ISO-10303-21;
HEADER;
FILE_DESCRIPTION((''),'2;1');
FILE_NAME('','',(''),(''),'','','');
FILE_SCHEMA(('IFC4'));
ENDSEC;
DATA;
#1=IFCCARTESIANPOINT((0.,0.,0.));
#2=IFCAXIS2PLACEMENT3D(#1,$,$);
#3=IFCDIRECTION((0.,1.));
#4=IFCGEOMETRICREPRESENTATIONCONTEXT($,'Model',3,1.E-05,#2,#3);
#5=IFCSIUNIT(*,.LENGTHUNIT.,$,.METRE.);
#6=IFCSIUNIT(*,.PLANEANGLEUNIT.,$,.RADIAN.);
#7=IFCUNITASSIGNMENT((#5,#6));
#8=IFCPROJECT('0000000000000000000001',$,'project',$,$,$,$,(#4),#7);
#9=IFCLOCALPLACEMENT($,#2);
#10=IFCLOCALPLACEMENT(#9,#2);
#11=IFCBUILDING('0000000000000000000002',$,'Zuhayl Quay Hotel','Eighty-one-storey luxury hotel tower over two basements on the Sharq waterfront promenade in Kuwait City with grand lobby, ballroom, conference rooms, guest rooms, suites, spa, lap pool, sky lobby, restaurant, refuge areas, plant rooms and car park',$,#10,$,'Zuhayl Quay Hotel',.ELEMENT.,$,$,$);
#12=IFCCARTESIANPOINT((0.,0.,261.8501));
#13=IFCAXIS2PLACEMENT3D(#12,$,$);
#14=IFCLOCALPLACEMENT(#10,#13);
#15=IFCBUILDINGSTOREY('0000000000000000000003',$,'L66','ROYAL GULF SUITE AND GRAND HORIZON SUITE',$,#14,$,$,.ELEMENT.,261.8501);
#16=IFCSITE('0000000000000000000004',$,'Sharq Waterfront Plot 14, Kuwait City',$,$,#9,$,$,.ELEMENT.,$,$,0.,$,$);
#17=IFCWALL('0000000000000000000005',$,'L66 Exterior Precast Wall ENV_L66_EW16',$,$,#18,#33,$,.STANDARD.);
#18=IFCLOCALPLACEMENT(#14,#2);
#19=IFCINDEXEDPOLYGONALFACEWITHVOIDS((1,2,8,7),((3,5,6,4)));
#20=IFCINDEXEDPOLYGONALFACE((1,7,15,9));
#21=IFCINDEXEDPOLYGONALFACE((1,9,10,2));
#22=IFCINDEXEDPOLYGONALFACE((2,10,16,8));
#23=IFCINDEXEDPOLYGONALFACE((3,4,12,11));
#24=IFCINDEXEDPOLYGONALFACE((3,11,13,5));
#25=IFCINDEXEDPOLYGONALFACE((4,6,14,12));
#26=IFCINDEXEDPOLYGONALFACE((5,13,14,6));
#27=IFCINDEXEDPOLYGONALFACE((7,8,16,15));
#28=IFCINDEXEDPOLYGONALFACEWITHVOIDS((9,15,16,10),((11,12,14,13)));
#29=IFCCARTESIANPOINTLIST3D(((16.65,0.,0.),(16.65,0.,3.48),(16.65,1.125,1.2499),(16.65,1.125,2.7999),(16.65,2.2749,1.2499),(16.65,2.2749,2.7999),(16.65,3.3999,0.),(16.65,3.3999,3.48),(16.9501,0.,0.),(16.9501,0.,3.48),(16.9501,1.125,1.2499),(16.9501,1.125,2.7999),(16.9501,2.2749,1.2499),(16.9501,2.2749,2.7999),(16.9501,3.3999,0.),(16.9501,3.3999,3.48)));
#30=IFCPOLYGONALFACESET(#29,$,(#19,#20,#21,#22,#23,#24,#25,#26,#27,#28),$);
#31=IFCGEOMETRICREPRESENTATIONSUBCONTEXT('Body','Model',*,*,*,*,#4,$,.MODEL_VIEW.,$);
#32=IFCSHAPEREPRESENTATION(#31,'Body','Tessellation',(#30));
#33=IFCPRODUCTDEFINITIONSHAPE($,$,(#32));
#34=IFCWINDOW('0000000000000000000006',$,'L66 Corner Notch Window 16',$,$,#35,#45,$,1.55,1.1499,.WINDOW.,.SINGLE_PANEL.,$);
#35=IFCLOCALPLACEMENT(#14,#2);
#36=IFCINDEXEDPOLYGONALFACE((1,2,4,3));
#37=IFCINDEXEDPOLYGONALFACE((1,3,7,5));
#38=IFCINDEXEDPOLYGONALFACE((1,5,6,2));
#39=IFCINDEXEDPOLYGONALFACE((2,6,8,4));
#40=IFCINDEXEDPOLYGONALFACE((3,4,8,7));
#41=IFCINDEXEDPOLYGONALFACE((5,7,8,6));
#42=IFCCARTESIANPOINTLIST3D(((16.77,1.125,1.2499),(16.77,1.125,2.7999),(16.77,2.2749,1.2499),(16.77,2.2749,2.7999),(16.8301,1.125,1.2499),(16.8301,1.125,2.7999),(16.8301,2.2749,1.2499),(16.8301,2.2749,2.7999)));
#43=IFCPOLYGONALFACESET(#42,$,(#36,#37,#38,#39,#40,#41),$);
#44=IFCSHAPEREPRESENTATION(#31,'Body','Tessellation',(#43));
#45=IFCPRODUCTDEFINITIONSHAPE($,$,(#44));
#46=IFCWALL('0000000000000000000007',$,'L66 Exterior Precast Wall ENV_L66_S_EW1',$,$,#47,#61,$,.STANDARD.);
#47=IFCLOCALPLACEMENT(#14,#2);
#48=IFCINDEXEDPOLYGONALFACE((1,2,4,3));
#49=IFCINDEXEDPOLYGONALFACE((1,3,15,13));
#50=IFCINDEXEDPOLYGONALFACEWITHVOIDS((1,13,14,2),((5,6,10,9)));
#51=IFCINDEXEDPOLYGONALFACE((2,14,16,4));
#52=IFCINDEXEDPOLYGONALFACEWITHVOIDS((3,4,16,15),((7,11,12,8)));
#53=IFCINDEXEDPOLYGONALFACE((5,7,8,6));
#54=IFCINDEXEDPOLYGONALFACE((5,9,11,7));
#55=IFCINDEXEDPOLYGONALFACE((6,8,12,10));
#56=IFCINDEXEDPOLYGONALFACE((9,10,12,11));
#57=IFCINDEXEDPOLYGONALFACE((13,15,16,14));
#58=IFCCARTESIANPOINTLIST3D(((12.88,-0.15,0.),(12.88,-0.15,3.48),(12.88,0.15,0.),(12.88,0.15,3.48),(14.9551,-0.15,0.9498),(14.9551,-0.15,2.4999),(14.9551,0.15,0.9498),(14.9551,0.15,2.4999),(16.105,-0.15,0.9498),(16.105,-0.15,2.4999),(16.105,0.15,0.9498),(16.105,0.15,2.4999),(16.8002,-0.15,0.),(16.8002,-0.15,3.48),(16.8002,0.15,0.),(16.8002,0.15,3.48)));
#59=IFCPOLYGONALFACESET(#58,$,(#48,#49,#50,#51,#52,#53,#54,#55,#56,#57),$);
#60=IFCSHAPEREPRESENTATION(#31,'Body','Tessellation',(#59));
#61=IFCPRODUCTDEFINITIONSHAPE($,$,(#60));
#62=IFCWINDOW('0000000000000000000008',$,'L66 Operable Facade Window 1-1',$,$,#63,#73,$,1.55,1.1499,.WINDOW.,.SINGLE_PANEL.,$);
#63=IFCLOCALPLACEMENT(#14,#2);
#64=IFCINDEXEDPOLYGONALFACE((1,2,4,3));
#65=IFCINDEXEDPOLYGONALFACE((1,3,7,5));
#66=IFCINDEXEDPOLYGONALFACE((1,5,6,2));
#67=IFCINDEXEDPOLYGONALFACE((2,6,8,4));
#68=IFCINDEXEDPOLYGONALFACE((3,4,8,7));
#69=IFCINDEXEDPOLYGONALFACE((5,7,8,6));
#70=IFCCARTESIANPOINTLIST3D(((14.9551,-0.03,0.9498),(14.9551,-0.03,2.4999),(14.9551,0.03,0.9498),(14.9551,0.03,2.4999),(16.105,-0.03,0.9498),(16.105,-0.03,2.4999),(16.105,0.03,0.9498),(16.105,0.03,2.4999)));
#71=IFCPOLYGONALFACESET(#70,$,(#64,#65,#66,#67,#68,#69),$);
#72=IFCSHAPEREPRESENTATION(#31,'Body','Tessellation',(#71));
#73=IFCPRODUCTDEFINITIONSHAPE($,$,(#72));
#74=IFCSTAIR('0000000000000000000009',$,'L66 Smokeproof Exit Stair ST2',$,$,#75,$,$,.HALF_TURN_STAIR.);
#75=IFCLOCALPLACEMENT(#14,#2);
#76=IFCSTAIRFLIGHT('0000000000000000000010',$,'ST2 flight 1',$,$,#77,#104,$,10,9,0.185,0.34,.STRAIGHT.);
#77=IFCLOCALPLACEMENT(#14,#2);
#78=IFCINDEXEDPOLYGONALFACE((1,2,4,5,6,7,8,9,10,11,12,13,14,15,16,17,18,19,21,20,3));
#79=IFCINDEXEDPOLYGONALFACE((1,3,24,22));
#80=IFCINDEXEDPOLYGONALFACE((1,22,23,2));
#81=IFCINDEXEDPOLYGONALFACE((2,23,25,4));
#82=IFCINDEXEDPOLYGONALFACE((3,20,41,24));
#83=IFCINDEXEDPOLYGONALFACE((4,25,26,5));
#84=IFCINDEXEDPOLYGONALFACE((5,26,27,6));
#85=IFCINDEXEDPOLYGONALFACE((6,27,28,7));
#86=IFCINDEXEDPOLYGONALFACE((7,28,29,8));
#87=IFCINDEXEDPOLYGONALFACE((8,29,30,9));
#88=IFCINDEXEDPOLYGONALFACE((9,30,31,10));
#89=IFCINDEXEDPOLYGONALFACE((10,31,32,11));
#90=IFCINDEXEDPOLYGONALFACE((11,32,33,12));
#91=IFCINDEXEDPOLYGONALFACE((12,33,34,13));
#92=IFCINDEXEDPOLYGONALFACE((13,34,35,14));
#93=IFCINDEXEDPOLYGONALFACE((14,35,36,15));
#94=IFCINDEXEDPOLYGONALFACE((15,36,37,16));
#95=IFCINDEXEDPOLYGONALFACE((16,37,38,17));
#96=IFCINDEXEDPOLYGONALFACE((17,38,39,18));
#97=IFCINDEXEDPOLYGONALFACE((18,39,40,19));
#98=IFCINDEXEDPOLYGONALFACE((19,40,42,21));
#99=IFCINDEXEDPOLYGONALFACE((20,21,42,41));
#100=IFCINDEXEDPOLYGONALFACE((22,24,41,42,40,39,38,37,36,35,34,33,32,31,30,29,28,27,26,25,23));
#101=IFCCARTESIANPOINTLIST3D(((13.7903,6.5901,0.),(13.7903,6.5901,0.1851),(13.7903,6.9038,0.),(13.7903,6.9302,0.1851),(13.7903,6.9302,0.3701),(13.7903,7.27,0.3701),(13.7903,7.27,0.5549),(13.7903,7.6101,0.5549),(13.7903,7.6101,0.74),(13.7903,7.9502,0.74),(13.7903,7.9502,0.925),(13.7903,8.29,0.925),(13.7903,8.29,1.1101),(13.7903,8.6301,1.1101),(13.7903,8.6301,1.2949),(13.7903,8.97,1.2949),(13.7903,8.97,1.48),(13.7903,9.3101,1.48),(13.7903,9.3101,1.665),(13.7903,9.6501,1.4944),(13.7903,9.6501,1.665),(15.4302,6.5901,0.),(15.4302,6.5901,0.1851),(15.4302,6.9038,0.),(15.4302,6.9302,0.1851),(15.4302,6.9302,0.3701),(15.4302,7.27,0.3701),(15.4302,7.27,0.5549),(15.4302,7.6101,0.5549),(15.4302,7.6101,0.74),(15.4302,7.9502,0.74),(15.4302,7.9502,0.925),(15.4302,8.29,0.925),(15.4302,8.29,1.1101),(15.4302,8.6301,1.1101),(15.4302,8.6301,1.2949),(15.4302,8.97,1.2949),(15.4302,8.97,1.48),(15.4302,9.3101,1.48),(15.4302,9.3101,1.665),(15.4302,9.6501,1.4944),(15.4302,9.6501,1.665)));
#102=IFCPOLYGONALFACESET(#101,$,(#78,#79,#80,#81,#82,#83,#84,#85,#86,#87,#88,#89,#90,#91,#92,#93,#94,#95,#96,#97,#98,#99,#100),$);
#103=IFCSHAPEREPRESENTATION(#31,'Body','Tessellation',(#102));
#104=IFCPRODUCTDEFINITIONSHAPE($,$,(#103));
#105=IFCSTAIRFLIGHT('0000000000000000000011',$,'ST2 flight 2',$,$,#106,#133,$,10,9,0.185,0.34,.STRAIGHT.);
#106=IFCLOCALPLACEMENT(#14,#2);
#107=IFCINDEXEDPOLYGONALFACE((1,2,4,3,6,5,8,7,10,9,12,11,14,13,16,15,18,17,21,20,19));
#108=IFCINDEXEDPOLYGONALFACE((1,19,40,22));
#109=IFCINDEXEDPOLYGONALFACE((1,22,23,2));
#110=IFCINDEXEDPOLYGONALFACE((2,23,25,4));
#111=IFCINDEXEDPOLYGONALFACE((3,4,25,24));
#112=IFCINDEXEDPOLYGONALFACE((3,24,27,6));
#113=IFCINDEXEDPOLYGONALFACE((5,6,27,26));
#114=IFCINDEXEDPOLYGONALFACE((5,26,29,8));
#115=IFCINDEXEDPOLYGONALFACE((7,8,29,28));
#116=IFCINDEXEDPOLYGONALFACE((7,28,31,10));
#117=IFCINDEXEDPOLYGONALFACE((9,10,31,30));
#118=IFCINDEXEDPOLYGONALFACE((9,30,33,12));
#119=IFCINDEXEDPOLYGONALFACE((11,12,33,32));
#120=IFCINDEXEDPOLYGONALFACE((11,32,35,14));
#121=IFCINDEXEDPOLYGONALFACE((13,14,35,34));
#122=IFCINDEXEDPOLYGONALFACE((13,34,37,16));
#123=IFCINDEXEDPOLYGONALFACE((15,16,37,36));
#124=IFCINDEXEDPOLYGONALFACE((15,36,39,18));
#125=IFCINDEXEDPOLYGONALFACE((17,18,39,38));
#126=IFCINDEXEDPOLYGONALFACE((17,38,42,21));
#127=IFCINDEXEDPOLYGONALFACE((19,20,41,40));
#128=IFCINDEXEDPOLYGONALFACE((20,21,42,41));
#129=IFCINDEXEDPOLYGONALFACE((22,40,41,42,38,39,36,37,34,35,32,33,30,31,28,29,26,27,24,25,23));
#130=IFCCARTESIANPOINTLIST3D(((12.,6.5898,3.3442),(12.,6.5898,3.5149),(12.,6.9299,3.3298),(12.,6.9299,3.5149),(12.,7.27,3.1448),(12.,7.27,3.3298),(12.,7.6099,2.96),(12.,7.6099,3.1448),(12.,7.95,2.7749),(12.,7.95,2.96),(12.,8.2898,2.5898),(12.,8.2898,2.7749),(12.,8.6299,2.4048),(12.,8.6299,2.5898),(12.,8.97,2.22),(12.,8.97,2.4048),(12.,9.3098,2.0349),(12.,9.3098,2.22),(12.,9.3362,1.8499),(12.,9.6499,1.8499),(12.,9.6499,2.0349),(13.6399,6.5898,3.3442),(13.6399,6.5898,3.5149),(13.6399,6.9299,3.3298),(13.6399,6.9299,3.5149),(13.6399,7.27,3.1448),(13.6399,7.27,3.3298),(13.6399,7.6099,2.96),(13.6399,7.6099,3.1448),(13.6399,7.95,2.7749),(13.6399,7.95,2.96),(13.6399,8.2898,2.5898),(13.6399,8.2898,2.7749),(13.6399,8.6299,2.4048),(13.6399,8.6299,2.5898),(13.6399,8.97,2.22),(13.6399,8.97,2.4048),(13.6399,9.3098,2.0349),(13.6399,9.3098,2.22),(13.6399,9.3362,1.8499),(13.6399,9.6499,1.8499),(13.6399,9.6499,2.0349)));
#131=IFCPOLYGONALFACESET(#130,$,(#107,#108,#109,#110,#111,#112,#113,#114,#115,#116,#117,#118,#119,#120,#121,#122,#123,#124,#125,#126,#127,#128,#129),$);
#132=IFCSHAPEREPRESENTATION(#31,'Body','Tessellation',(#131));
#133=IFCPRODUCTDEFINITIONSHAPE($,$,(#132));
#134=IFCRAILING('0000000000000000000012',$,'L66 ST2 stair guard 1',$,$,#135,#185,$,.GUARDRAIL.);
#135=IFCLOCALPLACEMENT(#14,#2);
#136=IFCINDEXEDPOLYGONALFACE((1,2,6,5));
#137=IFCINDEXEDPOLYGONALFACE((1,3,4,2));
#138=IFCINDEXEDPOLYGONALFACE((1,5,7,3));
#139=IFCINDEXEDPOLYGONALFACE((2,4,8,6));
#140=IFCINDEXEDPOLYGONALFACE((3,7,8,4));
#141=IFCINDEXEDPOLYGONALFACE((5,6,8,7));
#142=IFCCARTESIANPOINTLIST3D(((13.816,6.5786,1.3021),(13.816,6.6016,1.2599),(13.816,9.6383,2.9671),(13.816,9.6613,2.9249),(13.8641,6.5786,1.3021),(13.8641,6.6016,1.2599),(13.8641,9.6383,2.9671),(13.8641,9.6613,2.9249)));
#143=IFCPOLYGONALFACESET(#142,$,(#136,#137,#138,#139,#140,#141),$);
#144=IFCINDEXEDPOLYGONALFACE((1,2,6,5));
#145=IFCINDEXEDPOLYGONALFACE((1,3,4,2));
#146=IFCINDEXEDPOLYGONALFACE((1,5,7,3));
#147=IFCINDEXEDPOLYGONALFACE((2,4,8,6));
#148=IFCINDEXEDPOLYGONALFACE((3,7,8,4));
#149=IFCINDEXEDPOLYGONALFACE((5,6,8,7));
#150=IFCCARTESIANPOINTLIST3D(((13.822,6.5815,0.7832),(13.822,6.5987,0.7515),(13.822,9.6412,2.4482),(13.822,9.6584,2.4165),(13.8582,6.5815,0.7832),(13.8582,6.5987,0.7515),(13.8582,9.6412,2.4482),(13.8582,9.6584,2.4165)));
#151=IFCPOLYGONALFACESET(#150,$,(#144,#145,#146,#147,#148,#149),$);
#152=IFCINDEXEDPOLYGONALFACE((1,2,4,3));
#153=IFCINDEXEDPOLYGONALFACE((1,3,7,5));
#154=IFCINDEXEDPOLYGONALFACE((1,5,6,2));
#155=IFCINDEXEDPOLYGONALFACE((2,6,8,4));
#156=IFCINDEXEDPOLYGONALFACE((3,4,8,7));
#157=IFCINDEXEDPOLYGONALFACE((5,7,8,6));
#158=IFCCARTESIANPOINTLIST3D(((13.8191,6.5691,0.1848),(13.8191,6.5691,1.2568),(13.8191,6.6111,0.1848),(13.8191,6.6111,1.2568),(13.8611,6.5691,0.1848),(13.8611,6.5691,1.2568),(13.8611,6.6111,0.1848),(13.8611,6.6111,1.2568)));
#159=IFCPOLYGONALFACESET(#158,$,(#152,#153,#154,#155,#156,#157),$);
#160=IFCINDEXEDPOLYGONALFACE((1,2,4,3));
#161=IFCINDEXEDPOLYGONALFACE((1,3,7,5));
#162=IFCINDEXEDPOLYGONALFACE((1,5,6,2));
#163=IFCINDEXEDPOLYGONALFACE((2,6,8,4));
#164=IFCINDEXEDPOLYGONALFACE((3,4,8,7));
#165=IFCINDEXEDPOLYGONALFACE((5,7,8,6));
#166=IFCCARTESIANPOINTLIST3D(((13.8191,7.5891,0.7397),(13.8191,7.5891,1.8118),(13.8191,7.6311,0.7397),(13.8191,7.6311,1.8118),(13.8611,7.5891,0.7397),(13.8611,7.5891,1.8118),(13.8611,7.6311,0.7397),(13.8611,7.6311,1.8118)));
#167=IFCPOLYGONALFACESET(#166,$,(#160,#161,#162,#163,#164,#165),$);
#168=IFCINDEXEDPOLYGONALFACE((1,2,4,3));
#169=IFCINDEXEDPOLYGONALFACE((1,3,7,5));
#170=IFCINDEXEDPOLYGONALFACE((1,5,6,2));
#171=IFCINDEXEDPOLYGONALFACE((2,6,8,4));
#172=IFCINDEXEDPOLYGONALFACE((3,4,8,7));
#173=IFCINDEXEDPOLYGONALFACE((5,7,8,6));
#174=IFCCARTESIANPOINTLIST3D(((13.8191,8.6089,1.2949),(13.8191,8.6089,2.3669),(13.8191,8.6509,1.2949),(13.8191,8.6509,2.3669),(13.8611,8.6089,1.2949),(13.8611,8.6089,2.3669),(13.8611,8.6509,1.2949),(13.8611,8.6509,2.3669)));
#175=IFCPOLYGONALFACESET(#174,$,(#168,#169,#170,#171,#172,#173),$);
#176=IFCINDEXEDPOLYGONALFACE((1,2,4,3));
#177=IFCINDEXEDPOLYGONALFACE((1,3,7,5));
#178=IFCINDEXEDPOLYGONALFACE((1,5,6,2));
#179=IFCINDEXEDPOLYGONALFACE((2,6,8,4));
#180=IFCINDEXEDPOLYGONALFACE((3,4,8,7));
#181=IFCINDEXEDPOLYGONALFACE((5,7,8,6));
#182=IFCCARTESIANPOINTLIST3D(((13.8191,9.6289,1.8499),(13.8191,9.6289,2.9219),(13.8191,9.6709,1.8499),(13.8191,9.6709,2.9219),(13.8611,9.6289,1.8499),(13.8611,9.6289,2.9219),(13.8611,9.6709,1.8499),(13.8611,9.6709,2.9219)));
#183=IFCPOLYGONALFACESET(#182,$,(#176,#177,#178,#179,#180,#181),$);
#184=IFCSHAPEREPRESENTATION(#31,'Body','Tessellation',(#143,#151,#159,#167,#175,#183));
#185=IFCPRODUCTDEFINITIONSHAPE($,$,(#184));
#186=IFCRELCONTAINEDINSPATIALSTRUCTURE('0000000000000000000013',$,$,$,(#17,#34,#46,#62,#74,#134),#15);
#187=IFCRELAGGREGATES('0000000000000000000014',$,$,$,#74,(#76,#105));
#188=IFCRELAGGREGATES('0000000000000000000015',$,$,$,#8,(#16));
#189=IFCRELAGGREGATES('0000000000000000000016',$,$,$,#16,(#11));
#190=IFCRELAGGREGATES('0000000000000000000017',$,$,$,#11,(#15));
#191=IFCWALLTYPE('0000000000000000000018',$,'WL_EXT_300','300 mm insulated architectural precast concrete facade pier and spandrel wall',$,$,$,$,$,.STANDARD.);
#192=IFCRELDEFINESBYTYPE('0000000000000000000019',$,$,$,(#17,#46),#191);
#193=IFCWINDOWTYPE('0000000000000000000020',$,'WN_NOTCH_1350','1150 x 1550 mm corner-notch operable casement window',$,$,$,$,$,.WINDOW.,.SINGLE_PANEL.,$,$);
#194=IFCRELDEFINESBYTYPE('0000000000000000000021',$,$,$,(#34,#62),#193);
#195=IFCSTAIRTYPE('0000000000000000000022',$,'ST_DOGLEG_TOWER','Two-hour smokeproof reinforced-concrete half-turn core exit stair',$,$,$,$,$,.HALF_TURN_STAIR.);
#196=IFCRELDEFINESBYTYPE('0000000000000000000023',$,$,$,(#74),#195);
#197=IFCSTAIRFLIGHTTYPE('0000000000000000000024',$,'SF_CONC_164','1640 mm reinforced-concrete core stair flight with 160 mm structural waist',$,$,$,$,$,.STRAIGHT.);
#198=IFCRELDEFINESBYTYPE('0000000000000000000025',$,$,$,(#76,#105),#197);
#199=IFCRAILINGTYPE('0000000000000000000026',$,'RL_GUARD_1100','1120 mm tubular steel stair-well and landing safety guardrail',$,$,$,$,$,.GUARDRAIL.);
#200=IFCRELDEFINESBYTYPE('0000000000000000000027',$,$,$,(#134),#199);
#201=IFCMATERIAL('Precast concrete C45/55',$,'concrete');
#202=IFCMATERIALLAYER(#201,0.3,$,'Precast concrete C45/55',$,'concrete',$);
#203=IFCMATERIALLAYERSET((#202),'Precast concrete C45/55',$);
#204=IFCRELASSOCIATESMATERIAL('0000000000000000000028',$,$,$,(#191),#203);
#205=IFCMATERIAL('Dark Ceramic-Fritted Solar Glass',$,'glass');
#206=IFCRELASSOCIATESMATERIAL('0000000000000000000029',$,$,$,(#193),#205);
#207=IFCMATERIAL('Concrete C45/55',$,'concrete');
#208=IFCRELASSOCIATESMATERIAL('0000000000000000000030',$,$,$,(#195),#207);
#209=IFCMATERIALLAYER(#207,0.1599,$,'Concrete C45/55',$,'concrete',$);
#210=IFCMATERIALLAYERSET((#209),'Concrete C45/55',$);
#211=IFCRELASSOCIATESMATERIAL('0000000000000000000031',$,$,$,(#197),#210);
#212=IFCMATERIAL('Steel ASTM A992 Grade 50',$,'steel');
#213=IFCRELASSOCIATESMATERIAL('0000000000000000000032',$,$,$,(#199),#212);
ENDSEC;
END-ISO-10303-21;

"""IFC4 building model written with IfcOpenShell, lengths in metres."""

from ifc_helpers import new_model, si_unit, direction, frame, frame_2d, origin, origin_2d, place, context, subcontext, project, spatial, polyline, rectangle, outline, extrude, material, layer, layer_set, type_object, element, fill, aggregate, save


model = new_model("IFC4")

# Units and contexts
model_context = context("Model", 3, precision=1e-05, world=origin(), true_north=direction((0.0, 1.0)))
body_context = subcontext(model_context, "Body", "Model", "MODEL_VIEW")
ifc_project = project(units=[si_unit("LENGTHUNIT", "METRE"), si_unit("PLANEANGLEUNIT", "RADIAN")], contexts=[model_context])

# Site, building, storey
site_placement = place(None, origin())
site = spatial("IfcSite", under=ifc_project, at=site_placement, Name="Sharq Waterfront Plot 14, Kuwait City", CompositionType="ELEMENT", RefElevation=0.0)
building_placement = place(site_placement, origin())
building = spatial("IfcBuilding", under=site, at=building_placement, Name="Zuhayl Quay Hotel", Description="Eighty-one-storey luxury hotel tower over two basements on the Sharq waterfront promenade in Kuwait City with grand lobby, ballroom, conference rooms, guest rooms, suites, spa, lap pool, sky lobby, restaurant, refuge areas, plant rooms and car park", LongName="Zuhayl Quay Hotel", CompositionType="ELEMENT")
storey_placement = place(building_placement, frame((0.0, 0.0, 261.8501)))
storey = spatial("IfcBuildingStorey", under=building, at=storey_placement, Name="L66", Description="ROYAL GULF SUITE AND GRAND HORIZON SUITE", CompositionType="ELEMENT", Elevation=261.8501)

# Shared definitions
ifc_material_1 = material(Name="Steel ASTM A992 Grade 50", Category="steel")

# Shared definitions
ifc_material_2 = material(Name="Dark Ceramic-Fritted Solar Glass", Category="glass")

# Shared definitions
ifc_material_3 = material(Name="Precast concrete C45/55", Category="concrete")
ifc_layer_1 = layer(ifc_material_3, 0.3, Name="Precast concrete C45/55", Category="concrete")
ifc_layer_set_1 = layer_set([ifc_layer_1], Name="Precast concrete C45/55")
wall_type_1 = type_object("IfcWallType", Name="WL_EXT_300", Description="300 mm insulated architectural precast concrete facade pier and spandrel wall", PredefinedType="STANDARD", material=ifc_layer_set_1)

# Walls, openings, windows
window_type = type_object("IfcWindowType", Name="WN_NOTCH_1350", Description="1150 x 1550 mm corner-notch operable casement window", PartitioningType="SINGLE_PANEL", PredefinedType="WINDOW", material=ifc_material_2)
wall_1_placement = place(storey_placement, frame((16.8, 3.3999, 0.0), z_axis=(0.0, 0.0, 1.0), x_axis=(0.0, -1.0, 0.0)))
wall_1 = element("IfcWall", 1, at=wall_1_placement, inside=storey, type_object=wall_type_1, Name="L66 Exterior Precast Wall ENV_L66_EW16", PredefinedType="STANDARD", context=body_context, shape_type="SweptSolid", body=[
    extrude(rectangle(XDim=3.3999, YDim=0.3, at=frame_2d((1.7, 0.0))), origin(), (0.0, 0.0, 1.0), 3.48),
])
opening_1_placement = place(wall_1_placement, frame((1.125, 0.0, 1.25)))
opening_1 = element("IfcOpeningElement", 2, at=opening_1_placement, cuts=wall_1, PredefinedType="OPENING", context=body_context, shape_type="SweptSolid", body=[
    extrude(rectangle(XDim=1.1499, YDim=1.55, at=frame_2d((0.575, 0.7749))), frame((0.0, 0.1599, 0.0), z_axis=(0.0, -1.0, 0.0), x_axis=(1.0, 0.0, 0.0)), (0.0, 0.0, 1.0), 0.3201),
])
window_1_placement = place(opening_1_placement, origin())
window_1 = element("IfcWindow", 3, at=window_1_placement, inside=storey, type_object=window_type, Name="L66 Corner Notch Window 16", OverallHeight=1.55, OverallWidth=1.1499, PartitioningType="SINGLE_PANEL", PredefinedType="WINDOW", context=body_context, shape_type="SweptSolid", body=[
    extrude(rectangle(XDim=1.1499, YDim=1.55, at=frame_2d((0.575, 0.7749))), frame((0.0, 0.03, 0.0), z_axis=(0.0, -1.0, 0.0), x_axis=(1.0, 0.0, 0.0)), (0.0, 0.0, 1.0), 0.0601),
])
fill(opening_1, window_1)
wall_2_placement = place(storey_placement, frame((16.8, 0.0, 0.0), z_axis=(0.0, 0.0, 1.0), x_axis=(-1.0, 0.0, 0.0)))
wall_2 = element("IfcWall", 4, at=wall_2_placement, inside=storey, type_object=wall_type_1, Name="L66 Exterior Precast Wall ENV_L66_S_EW1", PredefinedType="STANDARD", context=body_context, shape_type="SweptSolid", body=[
    extrude(rectangle(XDim=3.9202, YDim=0.3, at=frame_2d((1.96, 0.0))), origin(), (0.0, 0.0, 1.0), 3.48),
])
opening_2_placement = place(wall_2_placement, frame((0.6951, 0.0, 0.95)))
opening_2 = element("IfcOpeningElement", 5, at=opening_2_placement, cuts=wall_2, PredefinedType="OPENING", context=body_context, shape_type="SweptSolid", body=[
    extrude(rectangle(XDim=1.1499, YDim=1.55, at=frame_2d((0.575, 0.7749))), frame((0.0, 0.1599, 0.0), z_axis=(0.0, -1.0, 0.0), x_axis=(1.0, 0.0, 0.0)), (0.0, 0.0, 1.0), 0.3201),
])
window_2_placement = place(opening_2_placement, origin())
window_2 = element("IfcWindow", 6, at=window_2_placement, inside=storey, type_object=window_type, Name="L66 Operable Facade Window 1-1", OverallHeight=1.55, OverallWidth=1.1499, PartitioningType="SINGLE_PANEL", PredefinedType="WINDOW", context=body_context, shape_type="SweptSolid", body=[
    extrude(rectangle(XDim=1.1499, YDim=1.55, at=frame_2d((0.575, 0.7749))), frame((0.0, 0.03, 0.0), z_axis=(0.0, -1.0, 0.0), x_axis=(1.0, 0.0, 0.0)), (0.0, 0.0, 1.0), 0.0601),
])
fill(opening_2, window_2)

# Stair, stair flights
ifc_material_4 = material(Name="Concrete C45/55", Category="concrete")
stair_type = type_object("IfcStairType", Name="ST_DOGLEG_TOWER", Description="Two-hour smokeproof reinforced-concrete half-turn core exit stair", PredefinedType="HALF_TURN_STAIR", material=ifc_material_4)
stair_placement = place(storey_placement, origin())
stair = element("IfcStair", 7, at=stair_placement, inside=storey, type_object=stair_type, Name="L66 Smokeproof Exit Stair ST2", PredefinedType="HALF_TURN_STAIR")
ifc_layer_2 = layer(ifc_material_4, 0.1599, Name="Concrete C45/55", Category="concrete")
ifc_layer_set_2 = layer_set([ifc_layer_2], Name="Concrete C45/55")
stair_flight_type = type_object("IfcStairFlightType", Name="SF_CONC_164", Description="1640 mm reinforced-concrete core stair flight with 160 mm structural waist", PredefinedType="STRAIGHT", material=ifc_layer_set_2)
stair_flight_1_placement = place(storey_placement, frame((14.6101, 6.5901, 0.0), z_axis=(0.0, 0.0, 1.0), x_axis=(0.0, 1.0, 0.0)))
stair_flight_1 = element("IfcStairFlight", 8, at=stair_flight_1_placement, type_object=stair_flight_type, Name="ST2 flight 1", NumberOfRisers=10, NumberOfTreads=9, PredefinedType="STRAIGHT", RiserHeight=0.185, TreadLength=0.34, context=body_context, shape_type="SweptSolid", body=[
    extrude(outline(polyline([(0.0, 0.0), (0.0, 0.1851), (0.3401, 0.1851), (0.3401, 0.3701), (0.6799, 0.3701), (0.6799, 0.5549), (1.02, 0.5549), (1.02, 0.74), (1.3601, 0.74), (1.3601, 0.925), (1.7, 0.925), (1.7, 1.1101), (2.04, 1.1101), (2.04, 1.2949), (2.3799, 1.2949), (2.3799, 1.48), (2.72, 1.48), (2.72, 1.665), (3.0601, 1.665), (3.0601, 1.8501), (3.0601, 1.4944), (0.3137, 0.0), (0.0, 0.0)])), frame((0.0, 0.8198, 0.0), z_axis=(0.0, -1.0, 0.0), x_axis=(1.0, 0.0, 0.0)), (0.0, 0.0, 1.0), 1.6399),
])
stair_flight_2_placement = place(storey_placement, frame((12.8201, 9.6499, 1.8499), z_axis=(0.0, 0.0, 1.0), x_axis=(0.0, -1.0, 0.0)))
stair_flight_2 = element("IfcStairFlight", 9, at=stair_flight_2_placement, type_object=stair_flight_type, Name="ST2 flight 2", NumberOfRisers=10, NumberOfTreads=9, PredefinedType="STRAIGHT", RiserHeight=0.185, TreadLength=0.34, context=body_context, shape_type="SweptSolid", body=[
    extrude(outline(polyline([(0.0, 0.0), (0.0, 0.1851), (0.3401, 0.1851), (0.3401, 0.3701), (0.6799, 0.3701), (0.6799, 0.5549), (1.02, 0.5549), (1.02, 0.74), (1.3601, 0.74), (1.3601, 0.925), (1.7, 0.925), (1.7, 1.1101), (2.04, 1.1101), (2.04, 1.2949), (2.3799, 1.2949), (2.3799, 1.48), (2.72, 1.48), (2.72, 1.665), (3.0601, 1.665), (3.0601, 1.8501), (3.0601, 1.4944), (0.3137, 0.0), (0.0, 0.0)])), frame((0.0, 0.8198, 0.0), z_axis=(0.0, -1.0, 0.0), x_axis=(1.0, 0.0, 0.0)), (0.0, 0.0, 1.0), 1.6399),
])
aggregate(stair, [stair_flight_1, stair_flight_2])

# Railing
railing_type_1 = type_object("IfcRailingType", Name="RL_GUARD_1100", Description="1120 mm tubular steel stair-well and landing safety guardrail", PredefinedType="GUARDRAIL", material=ifc_material_1)
railing_1_placement = place(storey_placement, frame((13.8401, 6.5901, 0.1848)))
element("IfcRailing", 10, at=railing_1_placement, inside=storey, type_object=railing_type_1, Name="L66 ST2 stair guard 1", PredefinedType="GUARDRAIL", context=body_context, shape_type="SweptSolid", body=[
    extrude(rectangle(XDim=0.0481, YDim=0.0481, at=origin_2d()), frame((0.0, 0.0, 1.0962), z_axis=(0.0, 0.878372, 0.477978), x_axis=(-1.0, 0.0, 0.0)), (0.0, 0.0, 1.0), 3.4834),
    extrude(rectangle(XDim=0.0361, YDim=0.0361, at=origin_2d()), frame((0.0, 0.0, 0.5825), z_axis=(0.0, 0.878372, 0.477978), x_axis=(-1.0, 0.0, 0.0)), (0.0, 0.0, 1.0), 3.4834),
    extrude(rectangle(XDim=0.042, YDim=0.042, at=origin_2d()), origin(), (0.0, 0.0, 1.0), 1.072),
    extrude(rectangle(XDim=0.042, YDim=0.042, at=origin_2d()), frame((0.0, 1.02, 0.5549)), (0.0, 0.0, 1.0), 1.072),
    extrude(rectangle(XDim=0.042, YDim=0.042, at=origin_2d()), frame((0.0, 2.0398, 1.1101)), (0.0, 0.0, 1.0), 1.072),
    extrude(rectangle(XDim=0.042, YDim=0.042, at=origin_2d()), frame((0.0, 3.0598, 1.665)), (0.0, 0.0, 1.0), 1.072),
])

save(model, "model.ifc")
